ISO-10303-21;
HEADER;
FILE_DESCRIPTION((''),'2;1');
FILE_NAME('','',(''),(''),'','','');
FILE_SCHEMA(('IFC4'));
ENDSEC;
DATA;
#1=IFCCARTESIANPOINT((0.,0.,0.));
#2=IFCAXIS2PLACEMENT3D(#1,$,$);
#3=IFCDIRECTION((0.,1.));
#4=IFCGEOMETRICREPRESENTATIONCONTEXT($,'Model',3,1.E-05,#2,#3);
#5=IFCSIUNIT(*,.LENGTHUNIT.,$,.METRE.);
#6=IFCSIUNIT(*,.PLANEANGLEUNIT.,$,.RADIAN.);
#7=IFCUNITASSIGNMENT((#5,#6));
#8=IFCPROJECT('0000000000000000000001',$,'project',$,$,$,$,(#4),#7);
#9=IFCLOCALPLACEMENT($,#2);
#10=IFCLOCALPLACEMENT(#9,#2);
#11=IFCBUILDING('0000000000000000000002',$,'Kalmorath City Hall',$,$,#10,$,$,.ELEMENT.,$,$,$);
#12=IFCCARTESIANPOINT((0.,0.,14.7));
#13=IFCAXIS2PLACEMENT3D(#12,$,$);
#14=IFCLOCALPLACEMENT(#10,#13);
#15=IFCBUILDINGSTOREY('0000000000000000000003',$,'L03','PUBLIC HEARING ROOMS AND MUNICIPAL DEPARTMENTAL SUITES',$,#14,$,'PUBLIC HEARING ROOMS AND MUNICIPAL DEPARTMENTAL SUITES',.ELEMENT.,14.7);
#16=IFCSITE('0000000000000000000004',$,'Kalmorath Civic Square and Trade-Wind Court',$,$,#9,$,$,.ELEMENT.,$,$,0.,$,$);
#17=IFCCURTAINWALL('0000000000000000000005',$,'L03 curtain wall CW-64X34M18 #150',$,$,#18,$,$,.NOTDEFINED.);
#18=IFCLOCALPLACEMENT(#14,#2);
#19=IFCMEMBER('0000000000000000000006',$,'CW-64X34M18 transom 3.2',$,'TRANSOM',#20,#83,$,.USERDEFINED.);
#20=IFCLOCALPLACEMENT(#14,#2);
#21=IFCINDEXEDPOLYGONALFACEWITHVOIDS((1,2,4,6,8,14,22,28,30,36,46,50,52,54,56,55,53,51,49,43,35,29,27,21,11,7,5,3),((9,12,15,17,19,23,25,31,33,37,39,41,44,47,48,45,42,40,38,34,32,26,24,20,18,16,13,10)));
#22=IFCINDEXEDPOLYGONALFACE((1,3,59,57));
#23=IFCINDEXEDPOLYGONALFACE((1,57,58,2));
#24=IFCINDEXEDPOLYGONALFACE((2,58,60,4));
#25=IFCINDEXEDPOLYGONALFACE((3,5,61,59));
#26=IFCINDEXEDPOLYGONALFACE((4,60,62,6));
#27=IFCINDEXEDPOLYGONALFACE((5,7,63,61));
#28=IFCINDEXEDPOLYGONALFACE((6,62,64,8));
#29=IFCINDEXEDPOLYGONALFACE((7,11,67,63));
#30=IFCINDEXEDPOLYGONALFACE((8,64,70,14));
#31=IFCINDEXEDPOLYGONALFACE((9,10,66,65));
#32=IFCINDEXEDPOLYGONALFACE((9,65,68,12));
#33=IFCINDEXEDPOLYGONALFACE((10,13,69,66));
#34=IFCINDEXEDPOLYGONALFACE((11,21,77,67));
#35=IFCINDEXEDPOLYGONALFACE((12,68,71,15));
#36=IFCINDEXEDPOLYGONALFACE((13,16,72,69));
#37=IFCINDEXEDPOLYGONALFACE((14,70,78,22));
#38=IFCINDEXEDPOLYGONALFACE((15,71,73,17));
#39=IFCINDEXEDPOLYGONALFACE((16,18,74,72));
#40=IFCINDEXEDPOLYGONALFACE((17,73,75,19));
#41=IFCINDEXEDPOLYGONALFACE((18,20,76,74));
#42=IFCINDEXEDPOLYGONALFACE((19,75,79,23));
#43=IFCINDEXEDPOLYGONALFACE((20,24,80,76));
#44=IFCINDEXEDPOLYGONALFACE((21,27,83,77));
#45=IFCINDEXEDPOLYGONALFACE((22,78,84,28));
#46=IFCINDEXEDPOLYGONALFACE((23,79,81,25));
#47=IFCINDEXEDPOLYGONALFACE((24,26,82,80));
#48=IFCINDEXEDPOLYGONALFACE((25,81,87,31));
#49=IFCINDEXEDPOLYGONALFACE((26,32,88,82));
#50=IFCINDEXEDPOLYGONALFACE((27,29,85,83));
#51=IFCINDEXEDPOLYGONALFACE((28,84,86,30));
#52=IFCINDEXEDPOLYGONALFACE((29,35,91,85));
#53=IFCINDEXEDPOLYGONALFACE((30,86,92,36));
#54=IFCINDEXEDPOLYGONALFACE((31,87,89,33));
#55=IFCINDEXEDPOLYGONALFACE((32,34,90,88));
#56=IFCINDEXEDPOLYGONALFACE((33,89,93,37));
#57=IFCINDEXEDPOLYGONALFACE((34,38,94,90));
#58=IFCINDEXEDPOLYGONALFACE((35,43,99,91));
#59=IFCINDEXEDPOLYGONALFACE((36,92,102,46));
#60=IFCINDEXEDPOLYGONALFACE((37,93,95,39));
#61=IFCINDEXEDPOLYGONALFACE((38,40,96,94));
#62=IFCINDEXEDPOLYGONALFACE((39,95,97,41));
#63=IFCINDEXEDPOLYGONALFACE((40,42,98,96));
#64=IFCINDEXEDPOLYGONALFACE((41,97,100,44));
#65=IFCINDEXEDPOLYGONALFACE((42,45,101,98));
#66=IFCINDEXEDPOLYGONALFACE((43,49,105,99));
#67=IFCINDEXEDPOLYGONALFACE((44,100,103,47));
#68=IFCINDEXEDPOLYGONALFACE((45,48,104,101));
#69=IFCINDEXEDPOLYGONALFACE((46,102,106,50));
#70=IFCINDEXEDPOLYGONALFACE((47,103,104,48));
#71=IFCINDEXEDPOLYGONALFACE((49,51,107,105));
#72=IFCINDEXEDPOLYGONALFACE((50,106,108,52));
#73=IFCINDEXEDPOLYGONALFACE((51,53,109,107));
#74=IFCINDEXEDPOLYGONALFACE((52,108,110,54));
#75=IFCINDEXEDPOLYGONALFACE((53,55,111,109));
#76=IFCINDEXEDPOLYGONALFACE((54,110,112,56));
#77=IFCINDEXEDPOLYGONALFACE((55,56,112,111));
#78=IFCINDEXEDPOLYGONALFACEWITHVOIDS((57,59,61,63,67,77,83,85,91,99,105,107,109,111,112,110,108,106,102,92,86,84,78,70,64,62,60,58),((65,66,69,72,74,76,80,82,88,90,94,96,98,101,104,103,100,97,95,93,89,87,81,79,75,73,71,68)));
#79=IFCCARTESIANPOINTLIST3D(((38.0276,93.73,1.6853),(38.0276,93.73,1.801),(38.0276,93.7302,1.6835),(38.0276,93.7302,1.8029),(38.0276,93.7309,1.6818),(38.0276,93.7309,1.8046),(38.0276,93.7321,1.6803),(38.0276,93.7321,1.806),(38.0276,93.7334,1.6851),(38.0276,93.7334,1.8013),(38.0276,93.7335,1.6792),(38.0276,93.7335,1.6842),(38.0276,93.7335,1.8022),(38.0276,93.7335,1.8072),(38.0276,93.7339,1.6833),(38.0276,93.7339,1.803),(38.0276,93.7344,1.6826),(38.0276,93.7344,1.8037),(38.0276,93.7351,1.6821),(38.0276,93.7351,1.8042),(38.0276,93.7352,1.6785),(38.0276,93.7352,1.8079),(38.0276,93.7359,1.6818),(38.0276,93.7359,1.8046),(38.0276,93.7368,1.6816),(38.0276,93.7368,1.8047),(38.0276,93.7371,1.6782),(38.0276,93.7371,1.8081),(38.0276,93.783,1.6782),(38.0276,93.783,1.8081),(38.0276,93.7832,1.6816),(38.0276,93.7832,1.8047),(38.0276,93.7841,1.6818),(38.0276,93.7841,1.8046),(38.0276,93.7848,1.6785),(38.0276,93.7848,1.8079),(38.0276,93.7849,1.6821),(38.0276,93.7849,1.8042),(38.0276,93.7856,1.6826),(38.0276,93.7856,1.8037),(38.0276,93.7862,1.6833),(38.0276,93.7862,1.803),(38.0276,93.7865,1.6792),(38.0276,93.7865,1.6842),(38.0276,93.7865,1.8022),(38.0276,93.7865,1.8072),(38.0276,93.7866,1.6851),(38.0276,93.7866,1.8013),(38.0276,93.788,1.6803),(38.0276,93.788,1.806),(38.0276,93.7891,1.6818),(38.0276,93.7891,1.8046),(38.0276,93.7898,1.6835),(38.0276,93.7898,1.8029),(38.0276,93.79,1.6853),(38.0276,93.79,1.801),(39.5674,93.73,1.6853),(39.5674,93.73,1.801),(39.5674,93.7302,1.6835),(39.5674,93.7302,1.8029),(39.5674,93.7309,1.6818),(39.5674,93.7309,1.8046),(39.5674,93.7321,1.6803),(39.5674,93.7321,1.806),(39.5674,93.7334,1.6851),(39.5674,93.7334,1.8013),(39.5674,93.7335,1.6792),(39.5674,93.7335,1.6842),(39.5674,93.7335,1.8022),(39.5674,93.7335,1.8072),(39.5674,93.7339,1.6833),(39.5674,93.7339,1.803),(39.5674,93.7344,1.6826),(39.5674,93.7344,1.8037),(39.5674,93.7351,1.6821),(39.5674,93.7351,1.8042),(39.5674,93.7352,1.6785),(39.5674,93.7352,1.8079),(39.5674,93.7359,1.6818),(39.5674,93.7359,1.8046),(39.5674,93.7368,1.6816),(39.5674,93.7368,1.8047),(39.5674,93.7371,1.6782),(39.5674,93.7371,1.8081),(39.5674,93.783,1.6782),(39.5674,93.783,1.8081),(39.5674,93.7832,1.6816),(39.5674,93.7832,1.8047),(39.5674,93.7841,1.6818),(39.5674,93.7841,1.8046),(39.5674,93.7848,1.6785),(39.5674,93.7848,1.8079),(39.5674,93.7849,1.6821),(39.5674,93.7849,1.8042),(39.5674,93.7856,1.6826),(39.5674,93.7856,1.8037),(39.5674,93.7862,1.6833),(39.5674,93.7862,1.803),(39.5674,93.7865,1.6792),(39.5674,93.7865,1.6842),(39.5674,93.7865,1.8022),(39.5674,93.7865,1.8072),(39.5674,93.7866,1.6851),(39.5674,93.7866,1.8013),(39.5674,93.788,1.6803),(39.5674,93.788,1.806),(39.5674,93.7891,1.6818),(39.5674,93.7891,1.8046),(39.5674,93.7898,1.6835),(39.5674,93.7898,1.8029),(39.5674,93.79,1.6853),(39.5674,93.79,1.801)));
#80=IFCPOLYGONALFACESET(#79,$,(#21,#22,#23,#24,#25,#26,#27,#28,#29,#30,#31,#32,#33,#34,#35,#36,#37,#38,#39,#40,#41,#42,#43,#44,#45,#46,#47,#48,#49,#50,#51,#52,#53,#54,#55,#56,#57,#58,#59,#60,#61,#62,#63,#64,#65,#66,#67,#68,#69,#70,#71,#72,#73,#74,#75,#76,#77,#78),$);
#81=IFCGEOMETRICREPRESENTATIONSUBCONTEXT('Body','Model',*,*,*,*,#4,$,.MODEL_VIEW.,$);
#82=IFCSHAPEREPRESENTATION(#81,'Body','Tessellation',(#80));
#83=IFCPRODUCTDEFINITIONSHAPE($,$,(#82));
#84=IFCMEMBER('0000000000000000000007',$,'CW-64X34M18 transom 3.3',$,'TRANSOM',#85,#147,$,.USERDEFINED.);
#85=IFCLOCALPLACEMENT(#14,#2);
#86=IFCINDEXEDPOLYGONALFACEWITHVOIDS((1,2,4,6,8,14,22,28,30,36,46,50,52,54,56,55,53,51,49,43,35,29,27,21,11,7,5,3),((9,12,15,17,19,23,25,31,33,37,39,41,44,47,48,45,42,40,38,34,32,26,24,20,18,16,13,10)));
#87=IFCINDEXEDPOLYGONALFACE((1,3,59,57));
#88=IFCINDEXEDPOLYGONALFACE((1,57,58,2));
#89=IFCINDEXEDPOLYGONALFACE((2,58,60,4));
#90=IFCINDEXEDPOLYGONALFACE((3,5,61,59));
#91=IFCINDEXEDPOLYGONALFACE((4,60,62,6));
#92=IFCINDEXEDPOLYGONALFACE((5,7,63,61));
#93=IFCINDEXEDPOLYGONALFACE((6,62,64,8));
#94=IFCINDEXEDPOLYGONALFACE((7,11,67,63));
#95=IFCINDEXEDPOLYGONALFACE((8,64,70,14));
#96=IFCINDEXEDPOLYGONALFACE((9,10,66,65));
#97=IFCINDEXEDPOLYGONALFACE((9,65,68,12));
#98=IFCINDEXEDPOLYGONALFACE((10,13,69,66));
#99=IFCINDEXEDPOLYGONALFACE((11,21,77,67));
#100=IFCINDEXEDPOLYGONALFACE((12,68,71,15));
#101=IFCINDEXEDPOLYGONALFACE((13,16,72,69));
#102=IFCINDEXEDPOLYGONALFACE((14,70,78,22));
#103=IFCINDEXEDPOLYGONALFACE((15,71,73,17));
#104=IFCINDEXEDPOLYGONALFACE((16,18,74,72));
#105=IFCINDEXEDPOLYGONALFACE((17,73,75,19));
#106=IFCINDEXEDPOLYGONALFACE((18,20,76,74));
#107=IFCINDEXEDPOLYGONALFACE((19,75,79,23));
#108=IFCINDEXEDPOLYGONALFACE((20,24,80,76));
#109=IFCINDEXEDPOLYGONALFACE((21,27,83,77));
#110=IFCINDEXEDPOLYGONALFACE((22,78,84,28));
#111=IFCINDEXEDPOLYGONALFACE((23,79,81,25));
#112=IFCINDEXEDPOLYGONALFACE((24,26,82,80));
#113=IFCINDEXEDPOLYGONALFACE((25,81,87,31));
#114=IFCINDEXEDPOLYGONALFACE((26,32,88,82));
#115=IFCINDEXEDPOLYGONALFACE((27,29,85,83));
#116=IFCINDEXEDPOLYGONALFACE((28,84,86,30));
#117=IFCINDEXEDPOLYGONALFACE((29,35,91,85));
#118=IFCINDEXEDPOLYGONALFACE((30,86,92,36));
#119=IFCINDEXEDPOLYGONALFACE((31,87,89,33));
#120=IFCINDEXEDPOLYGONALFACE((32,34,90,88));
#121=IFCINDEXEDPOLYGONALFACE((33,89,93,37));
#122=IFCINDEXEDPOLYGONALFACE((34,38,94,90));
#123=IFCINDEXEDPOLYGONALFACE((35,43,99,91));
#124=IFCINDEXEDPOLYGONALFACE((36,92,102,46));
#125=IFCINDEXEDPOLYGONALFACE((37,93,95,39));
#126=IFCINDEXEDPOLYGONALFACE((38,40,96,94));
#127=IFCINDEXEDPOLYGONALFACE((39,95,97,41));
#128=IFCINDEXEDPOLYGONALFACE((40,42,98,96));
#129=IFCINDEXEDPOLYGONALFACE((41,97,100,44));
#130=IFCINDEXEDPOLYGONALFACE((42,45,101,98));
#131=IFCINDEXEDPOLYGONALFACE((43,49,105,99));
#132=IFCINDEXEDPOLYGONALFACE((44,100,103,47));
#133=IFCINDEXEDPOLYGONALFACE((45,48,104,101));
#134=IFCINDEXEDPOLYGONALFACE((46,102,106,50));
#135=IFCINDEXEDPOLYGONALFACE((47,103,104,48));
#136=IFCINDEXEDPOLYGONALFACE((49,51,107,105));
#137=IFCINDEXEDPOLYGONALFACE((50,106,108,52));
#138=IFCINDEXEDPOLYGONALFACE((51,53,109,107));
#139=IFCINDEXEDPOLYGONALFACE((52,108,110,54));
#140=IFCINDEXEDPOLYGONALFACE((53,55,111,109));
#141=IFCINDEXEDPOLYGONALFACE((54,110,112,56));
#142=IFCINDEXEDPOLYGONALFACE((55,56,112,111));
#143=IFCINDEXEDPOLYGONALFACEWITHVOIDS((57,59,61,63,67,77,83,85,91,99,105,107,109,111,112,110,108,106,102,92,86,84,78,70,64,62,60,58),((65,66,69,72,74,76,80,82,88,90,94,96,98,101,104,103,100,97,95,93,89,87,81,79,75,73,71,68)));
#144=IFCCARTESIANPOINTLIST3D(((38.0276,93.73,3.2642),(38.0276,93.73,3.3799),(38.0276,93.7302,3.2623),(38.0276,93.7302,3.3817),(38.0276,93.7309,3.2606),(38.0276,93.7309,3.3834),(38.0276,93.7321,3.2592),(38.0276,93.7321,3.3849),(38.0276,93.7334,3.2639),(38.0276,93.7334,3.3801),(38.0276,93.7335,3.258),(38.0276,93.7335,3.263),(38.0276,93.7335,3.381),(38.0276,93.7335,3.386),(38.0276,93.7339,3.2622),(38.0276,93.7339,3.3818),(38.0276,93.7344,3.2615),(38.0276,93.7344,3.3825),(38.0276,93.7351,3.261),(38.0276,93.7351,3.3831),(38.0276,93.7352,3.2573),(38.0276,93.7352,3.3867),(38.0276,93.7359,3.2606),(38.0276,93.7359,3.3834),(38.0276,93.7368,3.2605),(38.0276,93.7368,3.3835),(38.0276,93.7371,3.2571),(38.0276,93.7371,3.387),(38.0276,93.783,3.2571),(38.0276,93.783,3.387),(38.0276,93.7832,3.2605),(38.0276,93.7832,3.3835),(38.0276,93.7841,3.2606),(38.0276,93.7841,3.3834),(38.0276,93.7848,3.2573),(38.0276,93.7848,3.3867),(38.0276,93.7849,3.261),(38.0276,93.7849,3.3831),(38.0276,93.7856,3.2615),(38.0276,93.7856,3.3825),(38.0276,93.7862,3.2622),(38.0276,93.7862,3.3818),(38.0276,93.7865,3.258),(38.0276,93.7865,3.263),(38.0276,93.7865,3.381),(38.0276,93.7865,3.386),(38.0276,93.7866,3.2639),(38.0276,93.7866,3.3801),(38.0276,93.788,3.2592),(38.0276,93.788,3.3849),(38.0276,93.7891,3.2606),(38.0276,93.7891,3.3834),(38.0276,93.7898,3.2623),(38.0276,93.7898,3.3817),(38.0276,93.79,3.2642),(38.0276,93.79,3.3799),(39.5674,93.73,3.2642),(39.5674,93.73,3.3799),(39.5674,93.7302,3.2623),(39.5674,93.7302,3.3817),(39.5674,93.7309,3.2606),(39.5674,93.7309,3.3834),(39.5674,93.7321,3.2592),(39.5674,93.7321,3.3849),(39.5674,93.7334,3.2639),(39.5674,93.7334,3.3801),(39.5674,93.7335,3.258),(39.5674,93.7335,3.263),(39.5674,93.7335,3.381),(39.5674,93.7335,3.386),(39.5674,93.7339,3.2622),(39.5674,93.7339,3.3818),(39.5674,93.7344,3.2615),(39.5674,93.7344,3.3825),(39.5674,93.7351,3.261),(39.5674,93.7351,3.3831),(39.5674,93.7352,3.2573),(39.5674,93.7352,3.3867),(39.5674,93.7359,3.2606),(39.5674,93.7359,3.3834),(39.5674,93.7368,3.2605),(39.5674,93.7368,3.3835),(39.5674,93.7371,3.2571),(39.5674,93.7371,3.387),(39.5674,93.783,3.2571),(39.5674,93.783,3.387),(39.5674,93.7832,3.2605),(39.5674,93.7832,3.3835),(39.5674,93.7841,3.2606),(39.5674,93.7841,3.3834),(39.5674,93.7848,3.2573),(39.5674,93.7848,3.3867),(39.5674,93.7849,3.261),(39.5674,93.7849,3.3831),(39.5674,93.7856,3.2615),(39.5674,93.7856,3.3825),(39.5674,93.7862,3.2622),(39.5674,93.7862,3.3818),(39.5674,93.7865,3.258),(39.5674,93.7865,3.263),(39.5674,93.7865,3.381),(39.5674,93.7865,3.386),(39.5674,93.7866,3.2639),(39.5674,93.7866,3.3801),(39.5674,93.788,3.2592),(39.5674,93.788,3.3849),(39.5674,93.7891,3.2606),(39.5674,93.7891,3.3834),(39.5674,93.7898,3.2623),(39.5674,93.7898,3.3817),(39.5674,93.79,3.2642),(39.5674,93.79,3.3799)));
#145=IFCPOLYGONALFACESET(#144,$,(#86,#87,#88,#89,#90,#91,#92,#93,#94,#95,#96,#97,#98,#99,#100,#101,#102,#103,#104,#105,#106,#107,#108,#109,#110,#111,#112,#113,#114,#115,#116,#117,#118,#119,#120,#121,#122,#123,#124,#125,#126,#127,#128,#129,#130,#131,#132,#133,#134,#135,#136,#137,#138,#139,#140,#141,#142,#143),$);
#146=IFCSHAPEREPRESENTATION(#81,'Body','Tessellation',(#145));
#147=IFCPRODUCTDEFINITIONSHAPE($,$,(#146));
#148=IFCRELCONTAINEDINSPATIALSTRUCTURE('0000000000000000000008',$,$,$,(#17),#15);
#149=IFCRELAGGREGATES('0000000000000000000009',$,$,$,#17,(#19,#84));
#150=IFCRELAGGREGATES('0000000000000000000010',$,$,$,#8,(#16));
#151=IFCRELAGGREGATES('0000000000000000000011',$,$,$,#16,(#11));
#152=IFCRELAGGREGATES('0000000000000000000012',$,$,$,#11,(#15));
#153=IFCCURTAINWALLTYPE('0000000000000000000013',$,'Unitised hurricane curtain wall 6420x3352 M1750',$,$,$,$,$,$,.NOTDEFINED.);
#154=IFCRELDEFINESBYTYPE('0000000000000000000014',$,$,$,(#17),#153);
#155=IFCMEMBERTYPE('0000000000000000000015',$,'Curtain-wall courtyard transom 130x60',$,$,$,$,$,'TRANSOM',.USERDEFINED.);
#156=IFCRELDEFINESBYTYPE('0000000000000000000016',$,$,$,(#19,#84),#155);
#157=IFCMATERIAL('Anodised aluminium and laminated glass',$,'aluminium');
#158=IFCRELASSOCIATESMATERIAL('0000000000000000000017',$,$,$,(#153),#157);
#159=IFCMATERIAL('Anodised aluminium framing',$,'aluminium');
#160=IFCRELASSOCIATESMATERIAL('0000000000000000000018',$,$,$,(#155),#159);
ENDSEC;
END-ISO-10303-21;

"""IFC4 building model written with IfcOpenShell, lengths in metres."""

from ifc_helpers import new_model, si_unit, direction, frame, origin, origin_2d, place, context, subcontext, project, spatial, hollow_rectangle, extrude, material, material_profile, profile_set, type_object, element, aggregate, save


model = new_model("IFC4")

# Units and contexts
model_context = context("Model", 3, precision=1e-05, world=origin(), true_north=direction((0.0, 1.0)))
body_context = subcontext(model_context, "Body", "Model", "MODEL_VIEW")
ifc_project = project(units=[si_unit("LENGTHUNIT", "METRE"), si_unit("PLANEANGLEUNIT", "RADIAN")], contexts=[model_context])

# Site, building, storey
site_placement = place(None, origin())
site = spatial("IfcSite", under=ifc_project, at=site_placement, Name="Kalmorath Civic Square and Trade-Wind Court", CompositionType="ELEMENT", RefElevation=0.0)
building_placement = place(site_placement, origin())
building = spatial("IfcBuilding", under=site, at=building_placement, Name="Kalmorath City Hall", CompositionType="ELEMENT")
storey_placement = place(building_placement, frame((0.0, 0.0, 14.7)))
storey = spatial("IfcBuildingStorey", under=building, at=storey_placement, Name="L03", Description="PUBLIC HEARING ROOMS AND MUNICIPAL DEPARTMENTAL SUITES", LongName="PUBLIC HEARING ROOMS AND MUNICIPAL DEPARTMENTAL SUITES", CompositionType="ELEMENT", Elevation=14.7)

# Curtain wall, members
ifc_material_1 = material(Name="Anodised aluminium and laminated glass", Category="aluminium")
curtain_wall_type = type_object("IfcCurtainWallType", Name="Unitised hurricane curtain wall 6420x3352 M1750", PredefinedType="NOTDEFINED", material=ifc_material_1)
curtain_wall_placement = place(storey_placement, origin())
curtain_wall = element("IfcCurtainWall", 1, at=curtain_wall_placement, inside=storey, type_object=curtain_wall_type, Name="L03 curtain wall CW-64X34M18 #150", PredefinedType="NOTDEFINED")
ifc_material_2 = material(Name="Anodised aluminium framing", Category="aluminium")
ifc_material_profile_1 = material_profile(ifc_material_2, hollow_rectangle(XDim=0.0601, YDim=0.1299, WallThickness=0.0034, InnerFilletRadius=0.0034, OuterFilletRadius=0.0071, at=origin_2d()), Name="ALU-TRN-130X60X3.5")
ifc_profile_set_1 = profile_set([ifc_material_profile_1], Name="Anodised aluminium framing")
member_type_1 = type_object("IfcMemberType", Name="Curtain-wall courtyard transom 130x60", ElementType="TRANSOM", PredefinedType="USERDEFINED", material=ifc_profile_set_1)
member_1_placement = place(storey_placement, frame((39.5674, 93.76, 1.7432), z_axis=(-1.0, 0.0, 0.0), x_axis=(0.0, -1.0, 0.0)))
member_1 = element("IfcMember", 2, at=member_1_placement, type_object=member_type_1, Name="CW-64X34M18 transom 3.2", ObjectType="TRANSOM", PredefinedType="USERDEFINED", context=body_context, shape_type="SweptSolid", body=[
    extrude(hollow_rectangle(XDim=0.0601, YDim=0.1299, WallThickness=0.0034, InnerFilletRadius=0.0034, OuterFilletRadius=0.0071, at=origin_2d()), origin(), (0.0, 0.0, 1.0), 1.5398),
])
member_2_placement = place(storey_placement, frame((39.5674, 93.76, 3.322), z_axis=(-1.0, 0.0, 0.0), x_axis=(0.0, -1.0, 0.0)))
member_2 = element("IfcMember", 3, at=member_2_placement, type_object=member_type_1, Name="CW-64X34M18 transom 3.3", ObjectType="TRANSOM", PredefinedType="USERDEFINED", context=body_context, shape_type="SweptSolid", body=[
    extrude(hollow_rectangle(XDim=0.0601, YDim=0.1299, WallThickness=0.0034, InnerFilletRadius=0.0034, OuterFilletRadius=0.0071, at=origin_2d()), origin(), (0.0, 0.0, 1.0), 1.5398),
])
aggregate(curtain_wall, [member_1, member_2])

save(model, "model.ifc")
